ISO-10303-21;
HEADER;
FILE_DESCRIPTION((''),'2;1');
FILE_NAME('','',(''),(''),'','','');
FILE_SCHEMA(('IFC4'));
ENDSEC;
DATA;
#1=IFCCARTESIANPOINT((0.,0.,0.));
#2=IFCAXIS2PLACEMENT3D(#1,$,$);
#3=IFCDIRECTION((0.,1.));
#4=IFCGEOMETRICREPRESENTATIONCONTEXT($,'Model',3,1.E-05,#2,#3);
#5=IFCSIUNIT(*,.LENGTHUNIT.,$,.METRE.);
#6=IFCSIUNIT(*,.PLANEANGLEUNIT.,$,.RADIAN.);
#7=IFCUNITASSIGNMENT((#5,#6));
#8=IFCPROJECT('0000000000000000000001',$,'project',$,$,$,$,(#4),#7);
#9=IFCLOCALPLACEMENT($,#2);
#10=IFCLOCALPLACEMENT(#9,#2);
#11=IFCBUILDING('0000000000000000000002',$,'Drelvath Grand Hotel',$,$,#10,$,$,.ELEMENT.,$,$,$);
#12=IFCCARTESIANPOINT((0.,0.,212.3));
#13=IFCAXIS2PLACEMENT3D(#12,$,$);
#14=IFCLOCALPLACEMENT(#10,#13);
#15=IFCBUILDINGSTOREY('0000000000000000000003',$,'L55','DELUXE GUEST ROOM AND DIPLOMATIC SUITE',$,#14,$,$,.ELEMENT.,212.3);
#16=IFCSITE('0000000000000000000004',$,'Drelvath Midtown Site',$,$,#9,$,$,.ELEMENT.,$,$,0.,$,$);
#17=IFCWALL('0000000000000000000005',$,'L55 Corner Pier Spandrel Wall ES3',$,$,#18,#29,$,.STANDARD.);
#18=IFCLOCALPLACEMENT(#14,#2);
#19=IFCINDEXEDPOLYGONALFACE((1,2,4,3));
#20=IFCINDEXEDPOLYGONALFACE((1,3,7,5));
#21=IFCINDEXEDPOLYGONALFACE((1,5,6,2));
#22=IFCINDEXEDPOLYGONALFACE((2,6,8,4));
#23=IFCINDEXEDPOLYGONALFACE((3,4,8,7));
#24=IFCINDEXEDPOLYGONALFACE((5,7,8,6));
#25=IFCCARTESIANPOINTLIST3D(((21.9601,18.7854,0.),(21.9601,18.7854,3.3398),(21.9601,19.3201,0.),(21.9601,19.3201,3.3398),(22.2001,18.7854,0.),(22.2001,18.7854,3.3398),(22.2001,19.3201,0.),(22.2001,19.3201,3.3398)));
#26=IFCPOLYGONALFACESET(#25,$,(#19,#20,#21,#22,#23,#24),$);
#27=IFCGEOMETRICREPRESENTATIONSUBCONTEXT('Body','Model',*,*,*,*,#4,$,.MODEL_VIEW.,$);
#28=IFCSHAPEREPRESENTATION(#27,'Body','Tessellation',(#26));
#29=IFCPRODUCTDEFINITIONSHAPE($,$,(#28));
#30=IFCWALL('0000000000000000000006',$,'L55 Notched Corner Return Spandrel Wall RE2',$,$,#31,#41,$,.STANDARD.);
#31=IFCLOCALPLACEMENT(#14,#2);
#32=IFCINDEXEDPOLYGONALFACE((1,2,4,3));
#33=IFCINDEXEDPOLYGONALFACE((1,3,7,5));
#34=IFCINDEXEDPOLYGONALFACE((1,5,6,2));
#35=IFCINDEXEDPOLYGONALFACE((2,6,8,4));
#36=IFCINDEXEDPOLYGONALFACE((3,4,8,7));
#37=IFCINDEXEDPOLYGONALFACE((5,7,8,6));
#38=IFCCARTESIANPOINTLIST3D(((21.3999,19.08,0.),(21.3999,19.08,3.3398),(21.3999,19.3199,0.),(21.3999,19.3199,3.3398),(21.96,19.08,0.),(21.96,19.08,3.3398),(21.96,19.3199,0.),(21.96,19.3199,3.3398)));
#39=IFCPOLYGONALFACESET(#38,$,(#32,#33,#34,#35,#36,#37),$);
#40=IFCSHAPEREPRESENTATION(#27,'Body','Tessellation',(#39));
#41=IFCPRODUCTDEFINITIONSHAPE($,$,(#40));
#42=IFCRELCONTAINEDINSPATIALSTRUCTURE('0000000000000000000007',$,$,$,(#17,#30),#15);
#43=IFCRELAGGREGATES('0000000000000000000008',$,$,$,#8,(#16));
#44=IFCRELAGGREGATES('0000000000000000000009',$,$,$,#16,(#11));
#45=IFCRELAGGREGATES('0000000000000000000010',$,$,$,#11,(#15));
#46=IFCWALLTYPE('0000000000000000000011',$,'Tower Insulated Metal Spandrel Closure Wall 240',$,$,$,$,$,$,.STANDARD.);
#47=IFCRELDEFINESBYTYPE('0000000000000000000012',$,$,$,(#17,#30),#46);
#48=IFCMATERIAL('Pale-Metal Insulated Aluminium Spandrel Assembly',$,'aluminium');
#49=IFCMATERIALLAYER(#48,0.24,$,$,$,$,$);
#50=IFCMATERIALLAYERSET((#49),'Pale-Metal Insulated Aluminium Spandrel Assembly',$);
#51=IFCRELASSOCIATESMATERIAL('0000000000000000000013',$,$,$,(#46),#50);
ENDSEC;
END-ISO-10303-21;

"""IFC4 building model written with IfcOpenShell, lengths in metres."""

from ifc_helpers import new_model, si_unit, direction, frame, frame_2d, origin, place, context, subcontext, project, spatial, rectangle, extrude, material, layer, layer_set, type_object, element, save


model = new_model("IFC4")

# Units and contexts
model_context = context("Model", 3, precision=1e-05, world=origin(), true_north=direction((0.0, 1.0)))
body_context = subcontext(model_context, "Body", "Model", "MODEL_VIEW")
ifc_project = project(units=[si_unit("LENGTHUNIT", "METRE"), si_unit("PLANEANGLEUNIT", "RADIAN")], contexts=[model_context])

# Site, building, storey
site_placement = place(None, origin())
site = spatial("IfcSite", under=ifc_project, at=site_placement, Name="Drelvath Midtown Site", CompositionType="ELEMENT", RefElevation=0.0)
building_placement = place(site_placement, origin())
building = spatial("IfcBuilding", under=site, at=building_placement, Name="Drelvath Grand Hotel", CompositionType="ELEMENT")
storey_placement = place(building_placement, frame((0.0, 0.0, 212.3)))
storey = spatial("IfcBuildingStorey", under=building, at=storey_placement, Name="L55", Description="DELUXE GUEST ROOM AND DIPLOMATIC SUITE", CompositionType="ELEMENT", Elevation=212.3)

# Walls
ifc_material_1 = material(Name="Pale-Metal Insulated Aluminium Spandrel Assembly", Category="aluminium")
ifc_layer_1 = layer(ifc_material_1, 0.24)
ifc_layer_set_1 = layer_set([ifc_layer_1], Name="Pale-Metal Insulated Aluminium Spandrel Assembly")
wall_type_1 = type_object("IfcWallType", Name="Tower Insulated Metal Spandrel Closure Wall 240", PredefinedType="STANDARD", material=ifc_layer_set_1)
wall_1_placement = place(storey_placement, frame((22.0801, 19.3201, 0.0), z_axis=(0.0, 0.0, 1.0), x_axis=(0.0, -1.0, 0.0)))
element("IfcWall", 1, at=wall_1_placement, inside=storey, type_object=wall_type_1, Name="L55 Corner Pier Spandrel Wall ES3", PredefinedType="STANDARD", context=body_context, shape_type="SweptSolid", body=[
    extrude(rectangle(XDim=0.5347, YDim=0.24, at=frame_2d((0.2673, 0.0))), origin(), (0.0, 0.0, 1.0), 3.3398),
])
wall_2_placement = place(storey_placement, frame((21.3999, 19.2, 0.0), z_axis=(0.0, 0.0, 1.0), x_axis=(1.0, 0.0, 0.0)))
element("IfcWall", 2, at=wall_2_placement, inside=storey, type_object=wall_type_1, Name="L55 Notched Corner Return Spandrel Wall RE2", PredefinedType="STANDARD", context=body_context, shape_type="SweptSolid", body=[
    extrude(rectangle(XDim=0.5601, YDim=0.24, at=frame_2d((0.28, 0.0))), origin(), (0.0, 0.0, 1.0), 3.3398),
])

save(model, "model.ifc")
